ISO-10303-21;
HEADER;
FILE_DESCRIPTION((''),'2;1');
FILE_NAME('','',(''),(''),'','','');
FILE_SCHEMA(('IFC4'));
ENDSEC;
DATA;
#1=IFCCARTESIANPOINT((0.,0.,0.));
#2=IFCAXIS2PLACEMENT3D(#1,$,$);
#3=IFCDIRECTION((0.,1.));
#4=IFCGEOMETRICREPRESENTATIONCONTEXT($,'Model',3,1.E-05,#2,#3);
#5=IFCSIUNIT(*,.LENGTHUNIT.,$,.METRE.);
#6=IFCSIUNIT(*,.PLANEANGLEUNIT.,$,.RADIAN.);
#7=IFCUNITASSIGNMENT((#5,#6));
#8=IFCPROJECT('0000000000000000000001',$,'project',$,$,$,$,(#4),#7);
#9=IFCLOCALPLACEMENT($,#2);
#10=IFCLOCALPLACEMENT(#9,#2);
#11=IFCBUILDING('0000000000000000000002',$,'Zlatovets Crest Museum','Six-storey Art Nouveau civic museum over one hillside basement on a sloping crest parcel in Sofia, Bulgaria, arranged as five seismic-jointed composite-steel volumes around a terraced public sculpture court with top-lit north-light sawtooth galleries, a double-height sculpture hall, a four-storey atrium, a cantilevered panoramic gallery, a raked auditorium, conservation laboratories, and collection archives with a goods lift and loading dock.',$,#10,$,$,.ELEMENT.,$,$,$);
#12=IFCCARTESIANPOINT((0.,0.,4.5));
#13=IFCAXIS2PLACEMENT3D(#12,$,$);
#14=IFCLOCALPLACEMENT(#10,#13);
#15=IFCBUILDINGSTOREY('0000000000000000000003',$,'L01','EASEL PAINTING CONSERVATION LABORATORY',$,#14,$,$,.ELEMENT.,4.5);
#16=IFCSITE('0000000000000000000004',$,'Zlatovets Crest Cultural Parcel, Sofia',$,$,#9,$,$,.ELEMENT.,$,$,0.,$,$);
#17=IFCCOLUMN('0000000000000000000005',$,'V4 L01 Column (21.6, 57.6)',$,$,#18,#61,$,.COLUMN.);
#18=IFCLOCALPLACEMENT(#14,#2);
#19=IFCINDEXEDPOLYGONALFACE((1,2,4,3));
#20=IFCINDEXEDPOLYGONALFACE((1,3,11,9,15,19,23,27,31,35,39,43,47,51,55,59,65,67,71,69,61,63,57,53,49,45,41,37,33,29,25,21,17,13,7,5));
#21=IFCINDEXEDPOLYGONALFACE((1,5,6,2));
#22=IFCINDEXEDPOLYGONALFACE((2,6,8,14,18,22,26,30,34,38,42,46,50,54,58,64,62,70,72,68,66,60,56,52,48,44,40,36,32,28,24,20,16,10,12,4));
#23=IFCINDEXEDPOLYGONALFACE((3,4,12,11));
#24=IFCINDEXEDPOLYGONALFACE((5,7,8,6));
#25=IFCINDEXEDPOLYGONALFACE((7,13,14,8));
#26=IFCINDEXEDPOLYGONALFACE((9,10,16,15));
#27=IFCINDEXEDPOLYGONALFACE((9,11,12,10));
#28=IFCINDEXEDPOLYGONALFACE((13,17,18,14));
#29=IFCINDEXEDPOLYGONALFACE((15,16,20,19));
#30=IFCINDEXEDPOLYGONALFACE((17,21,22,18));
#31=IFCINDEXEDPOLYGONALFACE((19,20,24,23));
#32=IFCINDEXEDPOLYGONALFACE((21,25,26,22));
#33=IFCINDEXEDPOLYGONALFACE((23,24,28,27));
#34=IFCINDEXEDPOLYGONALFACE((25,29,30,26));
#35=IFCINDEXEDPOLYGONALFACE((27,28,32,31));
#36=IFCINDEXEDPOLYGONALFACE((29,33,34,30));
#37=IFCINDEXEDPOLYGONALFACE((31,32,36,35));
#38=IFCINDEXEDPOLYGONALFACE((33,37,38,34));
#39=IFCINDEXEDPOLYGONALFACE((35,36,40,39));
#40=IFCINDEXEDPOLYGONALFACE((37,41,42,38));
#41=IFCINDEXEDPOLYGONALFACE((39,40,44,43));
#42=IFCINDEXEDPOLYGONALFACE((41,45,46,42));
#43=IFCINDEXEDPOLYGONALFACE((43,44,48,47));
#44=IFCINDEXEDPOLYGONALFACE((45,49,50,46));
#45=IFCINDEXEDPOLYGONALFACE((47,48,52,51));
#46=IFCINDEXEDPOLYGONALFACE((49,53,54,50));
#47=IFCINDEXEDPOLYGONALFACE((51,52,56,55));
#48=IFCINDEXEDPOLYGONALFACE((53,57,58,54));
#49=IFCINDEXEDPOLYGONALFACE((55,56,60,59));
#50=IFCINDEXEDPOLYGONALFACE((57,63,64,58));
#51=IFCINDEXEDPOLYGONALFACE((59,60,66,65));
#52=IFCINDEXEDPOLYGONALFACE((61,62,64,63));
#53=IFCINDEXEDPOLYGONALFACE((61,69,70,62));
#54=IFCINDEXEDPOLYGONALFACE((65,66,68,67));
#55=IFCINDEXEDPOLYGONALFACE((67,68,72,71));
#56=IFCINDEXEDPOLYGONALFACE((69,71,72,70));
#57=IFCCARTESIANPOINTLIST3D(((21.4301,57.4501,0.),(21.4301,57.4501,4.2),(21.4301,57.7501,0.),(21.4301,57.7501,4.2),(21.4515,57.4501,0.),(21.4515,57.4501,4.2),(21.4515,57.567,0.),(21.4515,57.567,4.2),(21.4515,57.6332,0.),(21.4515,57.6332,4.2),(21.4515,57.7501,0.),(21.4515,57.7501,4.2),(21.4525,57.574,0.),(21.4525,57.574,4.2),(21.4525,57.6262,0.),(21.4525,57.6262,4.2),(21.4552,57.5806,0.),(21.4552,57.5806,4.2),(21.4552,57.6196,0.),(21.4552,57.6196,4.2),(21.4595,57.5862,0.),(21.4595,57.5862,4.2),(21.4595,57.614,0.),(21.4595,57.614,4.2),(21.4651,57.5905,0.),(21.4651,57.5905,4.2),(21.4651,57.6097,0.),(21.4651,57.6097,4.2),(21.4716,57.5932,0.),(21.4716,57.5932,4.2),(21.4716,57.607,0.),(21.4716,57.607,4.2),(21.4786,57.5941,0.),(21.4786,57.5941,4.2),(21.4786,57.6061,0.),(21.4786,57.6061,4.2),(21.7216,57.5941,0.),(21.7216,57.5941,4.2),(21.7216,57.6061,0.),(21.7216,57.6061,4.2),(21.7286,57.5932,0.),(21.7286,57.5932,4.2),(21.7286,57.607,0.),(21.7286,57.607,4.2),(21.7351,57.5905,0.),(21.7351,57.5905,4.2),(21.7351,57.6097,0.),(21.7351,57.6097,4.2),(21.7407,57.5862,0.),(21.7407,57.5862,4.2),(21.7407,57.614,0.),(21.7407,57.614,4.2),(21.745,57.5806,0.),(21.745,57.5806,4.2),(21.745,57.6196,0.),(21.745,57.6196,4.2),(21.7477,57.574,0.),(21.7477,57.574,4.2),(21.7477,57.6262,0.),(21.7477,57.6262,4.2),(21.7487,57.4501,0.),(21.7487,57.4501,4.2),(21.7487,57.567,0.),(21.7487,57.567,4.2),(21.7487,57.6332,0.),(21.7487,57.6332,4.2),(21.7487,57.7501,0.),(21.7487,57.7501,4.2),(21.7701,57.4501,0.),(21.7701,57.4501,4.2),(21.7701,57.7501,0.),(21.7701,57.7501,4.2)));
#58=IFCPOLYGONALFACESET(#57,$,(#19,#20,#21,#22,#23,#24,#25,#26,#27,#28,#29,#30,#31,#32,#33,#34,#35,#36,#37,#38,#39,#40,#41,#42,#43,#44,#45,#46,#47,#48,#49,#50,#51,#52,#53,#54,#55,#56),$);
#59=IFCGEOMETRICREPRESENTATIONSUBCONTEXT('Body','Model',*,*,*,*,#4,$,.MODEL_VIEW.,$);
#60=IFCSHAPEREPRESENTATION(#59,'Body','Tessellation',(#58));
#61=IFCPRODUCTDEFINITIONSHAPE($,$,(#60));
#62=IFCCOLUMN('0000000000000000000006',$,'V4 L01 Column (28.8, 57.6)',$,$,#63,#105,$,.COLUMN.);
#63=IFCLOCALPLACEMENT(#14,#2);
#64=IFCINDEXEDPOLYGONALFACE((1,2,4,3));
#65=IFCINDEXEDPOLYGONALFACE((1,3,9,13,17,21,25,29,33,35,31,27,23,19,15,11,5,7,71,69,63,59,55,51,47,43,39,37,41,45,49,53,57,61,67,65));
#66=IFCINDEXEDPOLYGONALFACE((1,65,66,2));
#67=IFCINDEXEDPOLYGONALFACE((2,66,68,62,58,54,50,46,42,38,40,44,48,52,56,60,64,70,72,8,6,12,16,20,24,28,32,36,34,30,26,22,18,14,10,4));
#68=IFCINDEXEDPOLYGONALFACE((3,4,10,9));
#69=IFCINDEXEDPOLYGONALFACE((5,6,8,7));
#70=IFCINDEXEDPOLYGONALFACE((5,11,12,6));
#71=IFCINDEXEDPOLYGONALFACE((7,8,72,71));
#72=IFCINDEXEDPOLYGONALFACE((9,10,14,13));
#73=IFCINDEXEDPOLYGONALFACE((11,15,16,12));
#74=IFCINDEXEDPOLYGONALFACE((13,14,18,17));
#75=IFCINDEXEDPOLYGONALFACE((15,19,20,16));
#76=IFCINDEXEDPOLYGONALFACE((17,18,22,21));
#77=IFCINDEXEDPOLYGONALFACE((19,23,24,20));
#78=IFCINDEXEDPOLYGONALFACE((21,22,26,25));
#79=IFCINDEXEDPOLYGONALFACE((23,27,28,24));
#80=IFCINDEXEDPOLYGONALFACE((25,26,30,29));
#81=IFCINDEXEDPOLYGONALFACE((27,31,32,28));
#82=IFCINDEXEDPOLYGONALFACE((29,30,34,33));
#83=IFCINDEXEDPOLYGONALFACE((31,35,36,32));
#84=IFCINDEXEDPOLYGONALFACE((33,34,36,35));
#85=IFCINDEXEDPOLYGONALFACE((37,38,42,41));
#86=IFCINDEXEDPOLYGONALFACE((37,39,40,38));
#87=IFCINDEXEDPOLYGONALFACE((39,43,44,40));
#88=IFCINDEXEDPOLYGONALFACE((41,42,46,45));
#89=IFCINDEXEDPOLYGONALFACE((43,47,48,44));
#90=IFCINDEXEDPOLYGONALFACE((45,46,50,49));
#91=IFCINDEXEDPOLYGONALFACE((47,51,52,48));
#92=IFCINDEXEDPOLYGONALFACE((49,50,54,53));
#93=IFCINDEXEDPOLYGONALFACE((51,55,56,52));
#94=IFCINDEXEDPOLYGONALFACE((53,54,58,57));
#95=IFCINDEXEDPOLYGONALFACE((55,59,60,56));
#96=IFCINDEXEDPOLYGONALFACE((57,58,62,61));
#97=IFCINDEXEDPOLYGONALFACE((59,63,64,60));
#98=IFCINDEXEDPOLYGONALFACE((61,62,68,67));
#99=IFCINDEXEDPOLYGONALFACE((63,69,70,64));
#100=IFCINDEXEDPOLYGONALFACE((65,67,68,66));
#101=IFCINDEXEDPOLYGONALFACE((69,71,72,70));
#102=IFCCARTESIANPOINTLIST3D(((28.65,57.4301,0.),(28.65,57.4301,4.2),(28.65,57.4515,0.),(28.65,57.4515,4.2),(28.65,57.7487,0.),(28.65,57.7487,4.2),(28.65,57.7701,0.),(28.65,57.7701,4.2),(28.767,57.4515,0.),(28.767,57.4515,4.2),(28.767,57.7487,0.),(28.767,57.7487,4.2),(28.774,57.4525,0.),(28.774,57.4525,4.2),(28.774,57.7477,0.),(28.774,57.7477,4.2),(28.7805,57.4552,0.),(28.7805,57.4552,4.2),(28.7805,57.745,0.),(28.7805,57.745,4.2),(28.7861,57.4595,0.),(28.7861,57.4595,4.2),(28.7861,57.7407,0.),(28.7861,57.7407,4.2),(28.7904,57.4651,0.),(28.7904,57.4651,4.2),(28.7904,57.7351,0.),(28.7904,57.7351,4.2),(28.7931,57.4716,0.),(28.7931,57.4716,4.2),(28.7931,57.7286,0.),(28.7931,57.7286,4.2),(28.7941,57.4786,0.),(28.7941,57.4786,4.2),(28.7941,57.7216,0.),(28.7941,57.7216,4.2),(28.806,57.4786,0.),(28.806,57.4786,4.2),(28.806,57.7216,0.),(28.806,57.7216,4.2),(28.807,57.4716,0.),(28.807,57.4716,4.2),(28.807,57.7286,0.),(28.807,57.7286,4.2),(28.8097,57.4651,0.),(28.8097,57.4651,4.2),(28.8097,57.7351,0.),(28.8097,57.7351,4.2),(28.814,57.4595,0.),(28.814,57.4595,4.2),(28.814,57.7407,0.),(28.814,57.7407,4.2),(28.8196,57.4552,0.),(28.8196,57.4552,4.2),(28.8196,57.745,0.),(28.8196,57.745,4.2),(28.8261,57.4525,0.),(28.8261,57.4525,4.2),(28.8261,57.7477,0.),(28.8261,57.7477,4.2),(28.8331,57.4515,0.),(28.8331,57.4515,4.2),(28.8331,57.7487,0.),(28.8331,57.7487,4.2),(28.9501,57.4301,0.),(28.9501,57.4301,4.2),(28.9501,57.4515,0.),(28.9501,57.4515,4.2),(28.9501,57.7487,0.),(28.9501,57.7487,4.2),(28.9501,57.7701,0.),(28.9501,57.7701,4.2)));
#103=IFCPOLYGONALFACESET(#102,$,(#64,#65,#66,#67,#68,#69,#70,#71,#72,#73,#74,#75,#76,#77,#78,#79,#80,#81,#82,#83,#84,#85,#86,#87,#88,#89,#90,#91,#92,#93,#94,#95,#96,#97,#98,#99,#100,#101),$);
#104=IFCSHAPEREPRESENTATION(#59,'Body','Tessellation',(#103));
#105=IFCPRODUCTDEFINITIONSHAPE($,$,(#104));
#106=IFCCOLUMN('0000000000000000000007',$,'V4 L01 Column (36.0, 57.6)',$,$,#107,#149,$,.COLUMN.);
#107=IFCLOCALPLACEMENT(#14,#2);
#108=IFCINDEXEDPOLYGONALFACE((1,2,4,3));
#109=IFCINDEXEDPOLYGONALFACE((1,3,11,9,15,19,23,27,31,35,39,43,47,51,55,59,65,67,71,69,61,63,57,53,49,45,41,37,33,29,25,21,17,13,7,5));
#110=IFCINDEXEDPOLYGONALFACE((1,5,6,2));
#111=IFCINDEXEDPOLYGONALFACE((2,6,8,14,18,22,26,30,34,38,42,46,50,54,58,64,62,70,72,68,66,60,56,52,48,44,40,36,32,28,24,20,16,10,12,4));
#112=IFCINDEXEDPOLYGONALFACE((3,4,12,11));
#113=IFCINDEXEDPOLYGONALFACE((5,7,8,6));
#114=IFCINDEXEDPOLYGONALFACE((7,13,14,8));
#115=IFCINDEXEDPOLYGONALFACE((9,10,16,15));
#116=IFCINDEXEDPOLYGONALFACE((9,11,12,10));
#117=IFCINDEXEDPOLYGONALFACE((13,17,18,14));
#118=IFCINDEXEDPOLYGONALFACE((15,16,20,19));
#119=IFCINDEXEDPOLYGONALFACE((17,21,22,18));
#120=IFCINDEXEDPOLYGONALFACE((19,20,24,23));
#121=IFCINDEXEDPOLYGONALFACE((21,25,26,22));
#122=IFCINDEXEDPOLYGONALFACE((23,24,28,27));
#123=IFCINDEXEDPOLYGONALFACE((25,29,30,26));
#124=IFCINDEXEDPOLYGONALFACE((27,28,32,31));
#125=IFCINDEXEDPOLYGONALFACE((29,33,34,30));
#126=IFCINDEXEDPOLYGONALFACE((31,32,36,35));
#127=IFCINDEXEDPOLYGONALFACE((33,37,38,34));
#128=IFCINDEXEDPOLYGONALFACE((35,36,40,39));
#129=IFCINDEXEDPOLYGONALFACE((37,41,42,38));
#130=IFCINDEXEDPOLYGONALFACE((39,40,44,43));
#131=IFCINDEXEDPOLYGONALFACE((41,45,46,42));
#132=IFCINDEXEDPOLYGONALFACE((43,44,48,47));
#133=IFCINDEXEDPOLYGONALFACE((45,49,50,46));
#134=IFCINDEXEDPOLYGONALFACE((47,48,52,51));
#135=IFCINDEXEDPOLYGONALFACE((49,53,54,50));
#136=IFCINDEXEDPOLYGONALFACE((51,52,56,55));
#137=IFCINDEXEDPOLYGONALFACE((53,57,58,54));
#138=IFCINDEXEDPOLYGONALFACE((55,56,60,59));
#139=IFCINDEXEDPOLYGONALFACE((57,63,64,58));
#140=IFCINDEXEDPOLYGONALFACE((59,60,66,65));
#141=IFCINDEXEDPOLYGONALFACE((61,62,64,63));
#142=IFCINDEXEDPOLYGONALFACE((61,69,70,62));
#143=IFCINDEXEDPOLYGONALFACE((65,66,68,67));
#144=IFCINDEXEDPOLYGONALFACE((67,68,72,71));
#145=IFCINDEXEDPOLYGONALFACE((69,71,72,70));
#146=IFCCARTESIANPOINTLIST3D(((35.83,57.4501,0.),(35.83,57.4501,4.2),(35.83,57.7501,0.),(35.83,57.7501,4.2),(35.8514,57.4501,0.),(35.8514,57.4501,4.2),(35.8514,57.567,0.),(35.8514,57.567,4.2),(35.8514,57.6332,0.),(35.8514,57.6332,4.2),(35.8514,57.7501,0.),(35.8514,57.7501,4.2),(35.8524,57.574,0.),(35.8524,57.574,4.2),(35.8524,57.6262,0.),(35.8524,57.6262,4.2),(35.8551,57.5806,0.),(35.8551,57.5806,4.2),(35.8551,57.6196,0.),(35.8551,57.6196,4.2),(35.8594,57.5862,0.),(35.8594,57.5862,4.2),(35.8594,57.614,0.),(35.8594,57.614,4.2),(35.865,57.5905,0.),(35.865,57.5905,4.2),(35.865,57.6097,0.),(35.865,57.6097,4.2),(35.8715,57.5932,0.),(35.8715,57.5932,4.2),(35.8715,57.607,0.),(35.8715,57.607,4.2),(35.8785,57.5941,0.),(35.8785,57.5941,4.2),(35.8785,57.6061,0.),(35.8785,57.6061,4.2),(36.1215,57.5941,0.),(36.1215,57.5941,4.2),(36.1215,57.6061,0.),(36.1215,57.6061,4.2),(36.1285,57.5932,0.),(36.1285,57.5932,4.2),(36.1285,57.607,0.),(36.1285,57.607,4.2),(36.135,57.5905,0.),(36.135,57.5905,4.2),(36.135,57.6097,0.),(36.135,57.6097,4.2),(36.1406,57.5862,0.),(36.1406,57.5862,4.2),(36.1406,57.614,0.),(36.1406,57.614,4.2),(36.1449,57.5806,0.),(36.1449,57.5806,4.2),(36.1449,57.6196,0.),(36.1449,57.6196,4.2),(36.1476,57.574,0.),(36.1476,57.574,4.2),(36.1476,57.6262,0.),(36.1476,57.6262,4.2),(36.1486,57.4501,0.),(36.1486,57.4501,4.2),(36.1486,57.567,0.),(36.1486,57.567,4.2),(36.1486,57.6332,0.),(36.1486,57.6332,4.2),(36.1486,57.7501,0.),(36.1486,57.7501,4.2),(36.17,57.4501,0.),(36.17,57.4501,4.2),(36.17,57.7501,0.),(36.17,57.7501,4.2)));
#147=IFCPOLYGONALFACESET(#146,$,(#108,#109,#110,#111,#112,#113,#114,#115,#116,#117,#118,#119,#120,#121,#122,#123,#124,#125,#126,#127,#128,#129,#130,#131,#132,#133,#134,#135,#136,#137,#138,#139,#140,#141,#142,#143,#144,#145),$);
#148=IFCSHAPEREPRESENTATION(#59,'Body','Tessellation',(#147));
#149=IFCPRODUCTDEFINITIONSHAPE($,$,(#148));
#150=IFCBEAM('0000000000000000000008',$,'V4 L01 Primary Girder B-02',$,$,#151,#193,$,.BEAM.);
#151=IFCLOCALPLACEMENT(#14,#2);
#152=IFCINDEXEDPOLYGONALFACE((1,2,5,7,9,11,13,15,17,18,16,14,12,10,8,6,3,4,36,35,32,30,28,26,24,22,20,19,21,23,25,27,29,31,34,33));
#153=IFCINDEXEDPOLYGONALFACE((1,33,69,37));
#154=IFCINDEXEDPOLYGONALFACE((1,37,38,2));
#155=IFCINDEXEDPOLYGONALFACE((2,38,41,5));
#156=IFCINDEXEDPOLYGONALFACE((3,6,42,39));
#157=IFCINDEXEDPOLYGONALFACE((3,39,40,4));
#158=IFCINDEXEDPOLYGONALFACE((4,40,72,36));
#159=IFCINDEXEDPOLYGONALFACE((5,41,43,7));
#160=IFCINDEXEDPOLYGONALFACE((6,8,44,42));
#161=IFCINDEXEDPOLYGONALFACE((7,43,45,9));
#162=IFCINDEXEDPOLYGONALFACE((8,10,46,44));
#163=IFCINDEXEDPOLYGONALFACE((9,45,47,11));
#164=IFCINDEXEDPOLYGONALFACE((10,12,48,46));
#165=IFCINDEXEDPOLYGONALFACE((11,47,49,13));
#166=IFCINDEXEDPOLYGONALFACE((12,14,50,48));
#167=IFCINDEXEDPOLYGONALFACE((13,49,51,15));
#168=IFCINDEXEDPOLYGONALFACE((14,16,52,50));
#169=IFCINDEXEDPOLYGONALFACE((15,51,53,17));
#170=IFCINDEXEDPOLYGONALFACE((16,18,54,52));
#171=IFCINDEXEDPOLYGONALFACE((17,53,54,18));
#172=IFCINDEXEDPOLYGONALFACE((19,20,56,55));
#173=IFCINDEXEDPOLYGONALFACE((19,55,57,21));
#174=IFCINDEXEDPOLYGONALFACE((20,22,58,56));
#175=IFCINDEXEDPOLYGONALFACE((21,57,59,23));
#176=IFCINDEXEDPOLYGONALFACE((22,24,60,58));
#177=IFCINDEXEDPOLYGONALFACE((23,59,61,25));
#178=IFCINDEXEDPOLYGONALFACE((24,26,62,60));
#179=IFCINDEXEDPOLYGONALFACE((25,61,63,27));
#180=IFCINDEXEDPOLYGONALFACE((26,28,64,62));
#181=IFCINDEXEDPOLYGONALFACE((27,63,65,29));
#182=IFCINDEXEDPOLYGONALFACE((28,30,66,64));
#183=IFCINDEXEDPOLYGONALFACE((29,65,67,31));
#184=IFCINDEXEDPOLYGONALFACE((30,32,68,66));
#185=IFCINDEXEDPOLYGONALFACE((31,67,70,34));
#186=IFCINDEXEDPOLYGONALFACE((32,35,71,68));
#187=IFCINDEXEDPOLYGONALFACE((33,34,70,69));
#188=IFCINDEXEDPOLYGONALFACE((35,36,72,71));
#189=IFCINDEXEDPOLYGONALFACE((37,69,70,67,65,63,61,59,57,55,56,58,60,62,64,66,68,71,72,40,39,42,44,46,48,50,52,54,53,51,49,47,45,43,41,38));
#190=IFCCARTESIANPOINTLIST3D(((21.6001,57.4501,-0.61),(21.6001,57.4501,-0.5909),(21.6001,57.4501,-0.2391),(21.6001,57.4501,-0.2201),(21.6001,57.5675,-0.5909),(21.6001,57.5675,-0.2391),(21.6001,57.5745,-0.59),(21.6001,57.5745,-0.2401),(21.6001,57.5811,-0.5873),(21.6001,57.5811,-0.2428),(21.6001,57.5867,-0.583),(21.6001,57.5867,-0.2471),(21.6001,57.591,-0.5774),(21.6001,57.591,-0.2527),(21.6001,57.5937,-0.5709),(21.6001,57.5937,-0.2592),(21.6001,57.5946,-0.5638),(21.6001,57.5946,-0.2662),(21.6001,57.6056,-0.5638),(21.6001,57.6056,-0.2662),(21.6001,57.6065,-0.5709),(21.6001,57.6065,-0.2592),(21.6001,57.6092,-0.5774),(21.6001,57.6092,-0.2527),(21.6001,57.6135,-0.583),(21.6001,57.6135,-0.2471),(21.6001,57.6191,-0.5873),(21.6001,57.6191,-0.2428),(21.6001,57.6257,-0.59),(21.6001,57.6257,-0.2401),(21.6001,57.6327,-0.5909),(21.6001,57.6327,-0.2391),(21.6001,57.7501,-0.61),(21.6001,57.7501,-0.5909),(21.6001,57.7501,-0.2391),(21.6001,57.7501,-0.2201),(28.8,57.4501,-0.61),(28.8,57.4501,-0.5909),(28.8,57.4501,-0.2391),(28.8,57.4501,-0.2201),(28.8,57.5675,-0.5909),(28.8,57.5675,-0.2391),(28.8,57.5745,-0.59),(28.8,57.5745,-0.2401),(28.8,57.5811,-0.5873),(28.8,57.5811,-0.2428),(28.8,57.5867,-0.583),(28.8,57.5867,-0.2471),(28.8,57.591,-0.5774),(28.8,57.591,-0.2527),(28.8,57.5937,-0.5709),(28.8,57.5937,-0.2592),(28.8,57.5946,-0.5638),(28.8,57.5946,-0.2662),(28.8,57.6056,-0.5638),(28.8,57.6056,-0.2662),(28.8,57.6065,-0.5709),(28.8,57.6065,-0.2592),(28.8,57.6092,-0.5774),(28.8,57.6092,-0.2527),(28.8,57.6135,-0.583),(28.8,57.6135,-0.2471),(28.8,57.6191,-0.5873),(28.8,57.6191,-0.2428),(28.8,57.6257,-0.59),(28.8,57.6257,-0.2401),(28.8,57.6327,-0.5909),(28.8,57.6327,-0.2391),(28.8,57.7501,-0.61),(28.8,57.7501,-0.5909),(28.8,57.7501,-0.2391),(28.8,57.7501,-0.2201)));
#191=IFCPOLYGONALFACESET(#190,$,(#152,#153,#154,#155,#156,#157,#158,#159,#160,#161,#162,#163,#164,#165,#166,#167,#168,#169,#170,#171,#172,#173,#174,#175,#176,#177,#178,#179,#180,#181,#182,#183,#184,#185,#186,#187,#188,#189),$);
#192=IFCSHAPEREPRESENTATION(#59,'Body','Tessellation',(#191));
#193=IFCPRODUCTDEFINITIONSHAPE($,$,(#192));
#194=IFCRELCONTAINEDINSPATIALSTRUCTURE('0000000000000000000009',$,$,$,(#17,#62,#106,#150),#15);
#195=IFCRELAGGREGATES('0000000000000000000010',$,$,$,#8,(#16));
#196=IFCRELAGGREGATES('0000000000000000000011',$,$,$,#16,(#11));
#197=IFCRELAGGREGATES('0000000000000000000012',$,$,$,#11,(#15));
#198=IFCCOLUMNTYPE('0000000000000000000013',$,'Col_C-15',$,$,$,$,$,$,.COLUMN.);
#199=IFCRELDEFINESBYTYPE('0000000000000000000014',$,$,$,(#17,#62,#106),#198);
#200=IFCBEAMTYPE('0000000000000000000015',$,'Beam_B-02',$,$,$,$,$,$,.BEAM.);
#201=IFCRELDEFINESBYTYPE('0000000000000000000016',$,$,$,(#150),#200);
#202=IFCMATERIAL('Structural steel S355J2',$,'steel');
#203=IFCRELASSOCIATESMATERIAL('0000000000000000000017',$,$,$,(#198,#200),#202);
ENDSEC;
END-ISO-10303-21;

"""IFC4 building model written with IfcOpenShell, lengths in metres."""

from ifc_helpers import new_model, si_unit, direction, frame, origin, origin_2d, place, context, subcontext, project, spatial, i_section, extrude, material, material_profile, profile_set, type_object, element, save


model = new_model("IFC4")

# Units and contexts
model_context = context("Model", 3, precision=1e-05, world=origin(), true_north=direction((0.0, 1.0)))
body_context = subcontext(model_context, "Body", "Model", "MODEL_VIEW")
ifc_project = project(units=[si_unit("LENGTHUNIT", "METRE"), si_unit("PLANEANGLEUNIT", "RADIAN")], contexts=[model_context])

# Site, building, storey
site_placement = place(None, origin())
site = spatial("IfcSite", under=ifc_project, at=site_placement, Name="Zlatovets Crest Cultural Parcel, Sofia", CompositionType="ELEMENT", RefElevation=0.0)
building_placement = place(site_placement, origin())
building = spatial("IfcBuilding", under=site, at=building_placement, Name="Zlatovets Crest Museum", Description="Six-storey Art Nouveau civic museum over one hillside basement on a sloping crest parcel in Sofia, Bulgaria, arranged as five seismic-jointed composite-steel volumes around a terraced public sculpture court with top-lit north-light sawtooth galleries, a double-height sculpture hall, a four-storey atrium, a cantilevered panoramic gallery, a raked auditorium, conservation laboratories, and collection archives with a goods lift and loading dock.", CompositionType="ELEMENT")
storey_placement = place(building_placement, frame((0.0, 0.0, 4.5)))
storey = spatial("IfcBuildingStorey", under=building, at=storey_placement, Name="L01", Description="EASEL PAINTING CONSERVATION LABORATORY", CompositionType="ELEMENT", Elevation=4.5)

# Columns
ifc_material_1 = material(Name="Structural steel S355J2", Category="steel")
ifc_material_profile_1 = material_profile(ifc_material_1, i_section(OverallWidth=0.3, OverallDepth=0.3401, WebThickness=0.012, FlangeThickness=0.0215, FilletRadius=0.0271, at=origin_2d()), Name="HEB 340")
ifc_profile_set_1 = profile_set([ifc_material_profile_1], Name="Structural steel S355J2")
column_type = type_object("IfcColumnType", Name="Col_C-15", PredefinedType="COLUMN", material=ifc_profile_set_1)
for number, where, z_axis, x_axis, name in (
    (1, (21.6001, 57.6001, 0.0), (0.0, 0.0, 1.0), (0.0, 1.0, 0.0), "V4 L01 Column (21.6, 57.6)"),
    (2, (28.8, 57.6001, 0.0), (0.0, 0.0, 1.0), (1.0, 0.0, 0.0), "V4 L01 Column (28.8, 57.6)"),
    (3, (36.0, 57.6001, 0.0), (0.0, 0.0, 1.0), (0.0, 1.0, 0.0), "V4 L01 Column (36.0, 57.6)"),
):
    element("IfcColumn", number, at=place(storey_placement, frame(where, z_axis=z_axis, x_axis=x_axis)), inside=storey, type_object=column_type, Name=name, PredefinedType="COLUMN", context=body_context, shape_type="SweptSolid", body=[
        extrude(i_section(OverallWidth=0.3, OverallDepth=0.3401, WebThickness=0.012, FlangeThickness=0.0215, FilletRadius=0.0271, at=origin_2d()), origin(), (0.0, 0.0, 1.0), 4.2),
    ])

# Beam
ifc_material_profile_2 = material_profile(ifc_material_1, i_section(OverallWidth=0.3, OverallDepth=0.3899, WebThickness=0.011, FlangeThickness=0.019, FilletRadius=0.0271, at=origin_2d()), Name="HEA 400")
ifc_profile_set_2 = profile_set([ifc_material_profile_2], Name="Structural steel S355J2")
beam_type_1 = type_object("IfcBeamType", Name="Beam_B-02", PredefinedType="BEAM", material=ifc_profile_set_2)
for number, where, z_axis, x_axis, name in (
    (4, (21.6001, 57.6001, -0.415), (1.0, 0.0, 0.0), (0.0, 1.0, 0.0), "V4 L01 Primary Girder B-02"),
):
    element("IfcBeam", number, at=place(storey_placement, frame(where, z_axis=z_axis, x_axis=x_axis)), inside=storey, type_object=beam_type_1, Name=name, PredefinedType="BEAM", context=body_context, shape_type="SweptSolid", body=[
        extrude(i_section(OverallWidth=0.3, OverallDepth=0.3899, WebThickness=0.011, FlangeThickness=0.019, FilletRadius=0.0271, at=origin_2d()), origin(), (0.0, 0.0, 1.0), 7.2),
    ])

save(model, "model.ifc")
